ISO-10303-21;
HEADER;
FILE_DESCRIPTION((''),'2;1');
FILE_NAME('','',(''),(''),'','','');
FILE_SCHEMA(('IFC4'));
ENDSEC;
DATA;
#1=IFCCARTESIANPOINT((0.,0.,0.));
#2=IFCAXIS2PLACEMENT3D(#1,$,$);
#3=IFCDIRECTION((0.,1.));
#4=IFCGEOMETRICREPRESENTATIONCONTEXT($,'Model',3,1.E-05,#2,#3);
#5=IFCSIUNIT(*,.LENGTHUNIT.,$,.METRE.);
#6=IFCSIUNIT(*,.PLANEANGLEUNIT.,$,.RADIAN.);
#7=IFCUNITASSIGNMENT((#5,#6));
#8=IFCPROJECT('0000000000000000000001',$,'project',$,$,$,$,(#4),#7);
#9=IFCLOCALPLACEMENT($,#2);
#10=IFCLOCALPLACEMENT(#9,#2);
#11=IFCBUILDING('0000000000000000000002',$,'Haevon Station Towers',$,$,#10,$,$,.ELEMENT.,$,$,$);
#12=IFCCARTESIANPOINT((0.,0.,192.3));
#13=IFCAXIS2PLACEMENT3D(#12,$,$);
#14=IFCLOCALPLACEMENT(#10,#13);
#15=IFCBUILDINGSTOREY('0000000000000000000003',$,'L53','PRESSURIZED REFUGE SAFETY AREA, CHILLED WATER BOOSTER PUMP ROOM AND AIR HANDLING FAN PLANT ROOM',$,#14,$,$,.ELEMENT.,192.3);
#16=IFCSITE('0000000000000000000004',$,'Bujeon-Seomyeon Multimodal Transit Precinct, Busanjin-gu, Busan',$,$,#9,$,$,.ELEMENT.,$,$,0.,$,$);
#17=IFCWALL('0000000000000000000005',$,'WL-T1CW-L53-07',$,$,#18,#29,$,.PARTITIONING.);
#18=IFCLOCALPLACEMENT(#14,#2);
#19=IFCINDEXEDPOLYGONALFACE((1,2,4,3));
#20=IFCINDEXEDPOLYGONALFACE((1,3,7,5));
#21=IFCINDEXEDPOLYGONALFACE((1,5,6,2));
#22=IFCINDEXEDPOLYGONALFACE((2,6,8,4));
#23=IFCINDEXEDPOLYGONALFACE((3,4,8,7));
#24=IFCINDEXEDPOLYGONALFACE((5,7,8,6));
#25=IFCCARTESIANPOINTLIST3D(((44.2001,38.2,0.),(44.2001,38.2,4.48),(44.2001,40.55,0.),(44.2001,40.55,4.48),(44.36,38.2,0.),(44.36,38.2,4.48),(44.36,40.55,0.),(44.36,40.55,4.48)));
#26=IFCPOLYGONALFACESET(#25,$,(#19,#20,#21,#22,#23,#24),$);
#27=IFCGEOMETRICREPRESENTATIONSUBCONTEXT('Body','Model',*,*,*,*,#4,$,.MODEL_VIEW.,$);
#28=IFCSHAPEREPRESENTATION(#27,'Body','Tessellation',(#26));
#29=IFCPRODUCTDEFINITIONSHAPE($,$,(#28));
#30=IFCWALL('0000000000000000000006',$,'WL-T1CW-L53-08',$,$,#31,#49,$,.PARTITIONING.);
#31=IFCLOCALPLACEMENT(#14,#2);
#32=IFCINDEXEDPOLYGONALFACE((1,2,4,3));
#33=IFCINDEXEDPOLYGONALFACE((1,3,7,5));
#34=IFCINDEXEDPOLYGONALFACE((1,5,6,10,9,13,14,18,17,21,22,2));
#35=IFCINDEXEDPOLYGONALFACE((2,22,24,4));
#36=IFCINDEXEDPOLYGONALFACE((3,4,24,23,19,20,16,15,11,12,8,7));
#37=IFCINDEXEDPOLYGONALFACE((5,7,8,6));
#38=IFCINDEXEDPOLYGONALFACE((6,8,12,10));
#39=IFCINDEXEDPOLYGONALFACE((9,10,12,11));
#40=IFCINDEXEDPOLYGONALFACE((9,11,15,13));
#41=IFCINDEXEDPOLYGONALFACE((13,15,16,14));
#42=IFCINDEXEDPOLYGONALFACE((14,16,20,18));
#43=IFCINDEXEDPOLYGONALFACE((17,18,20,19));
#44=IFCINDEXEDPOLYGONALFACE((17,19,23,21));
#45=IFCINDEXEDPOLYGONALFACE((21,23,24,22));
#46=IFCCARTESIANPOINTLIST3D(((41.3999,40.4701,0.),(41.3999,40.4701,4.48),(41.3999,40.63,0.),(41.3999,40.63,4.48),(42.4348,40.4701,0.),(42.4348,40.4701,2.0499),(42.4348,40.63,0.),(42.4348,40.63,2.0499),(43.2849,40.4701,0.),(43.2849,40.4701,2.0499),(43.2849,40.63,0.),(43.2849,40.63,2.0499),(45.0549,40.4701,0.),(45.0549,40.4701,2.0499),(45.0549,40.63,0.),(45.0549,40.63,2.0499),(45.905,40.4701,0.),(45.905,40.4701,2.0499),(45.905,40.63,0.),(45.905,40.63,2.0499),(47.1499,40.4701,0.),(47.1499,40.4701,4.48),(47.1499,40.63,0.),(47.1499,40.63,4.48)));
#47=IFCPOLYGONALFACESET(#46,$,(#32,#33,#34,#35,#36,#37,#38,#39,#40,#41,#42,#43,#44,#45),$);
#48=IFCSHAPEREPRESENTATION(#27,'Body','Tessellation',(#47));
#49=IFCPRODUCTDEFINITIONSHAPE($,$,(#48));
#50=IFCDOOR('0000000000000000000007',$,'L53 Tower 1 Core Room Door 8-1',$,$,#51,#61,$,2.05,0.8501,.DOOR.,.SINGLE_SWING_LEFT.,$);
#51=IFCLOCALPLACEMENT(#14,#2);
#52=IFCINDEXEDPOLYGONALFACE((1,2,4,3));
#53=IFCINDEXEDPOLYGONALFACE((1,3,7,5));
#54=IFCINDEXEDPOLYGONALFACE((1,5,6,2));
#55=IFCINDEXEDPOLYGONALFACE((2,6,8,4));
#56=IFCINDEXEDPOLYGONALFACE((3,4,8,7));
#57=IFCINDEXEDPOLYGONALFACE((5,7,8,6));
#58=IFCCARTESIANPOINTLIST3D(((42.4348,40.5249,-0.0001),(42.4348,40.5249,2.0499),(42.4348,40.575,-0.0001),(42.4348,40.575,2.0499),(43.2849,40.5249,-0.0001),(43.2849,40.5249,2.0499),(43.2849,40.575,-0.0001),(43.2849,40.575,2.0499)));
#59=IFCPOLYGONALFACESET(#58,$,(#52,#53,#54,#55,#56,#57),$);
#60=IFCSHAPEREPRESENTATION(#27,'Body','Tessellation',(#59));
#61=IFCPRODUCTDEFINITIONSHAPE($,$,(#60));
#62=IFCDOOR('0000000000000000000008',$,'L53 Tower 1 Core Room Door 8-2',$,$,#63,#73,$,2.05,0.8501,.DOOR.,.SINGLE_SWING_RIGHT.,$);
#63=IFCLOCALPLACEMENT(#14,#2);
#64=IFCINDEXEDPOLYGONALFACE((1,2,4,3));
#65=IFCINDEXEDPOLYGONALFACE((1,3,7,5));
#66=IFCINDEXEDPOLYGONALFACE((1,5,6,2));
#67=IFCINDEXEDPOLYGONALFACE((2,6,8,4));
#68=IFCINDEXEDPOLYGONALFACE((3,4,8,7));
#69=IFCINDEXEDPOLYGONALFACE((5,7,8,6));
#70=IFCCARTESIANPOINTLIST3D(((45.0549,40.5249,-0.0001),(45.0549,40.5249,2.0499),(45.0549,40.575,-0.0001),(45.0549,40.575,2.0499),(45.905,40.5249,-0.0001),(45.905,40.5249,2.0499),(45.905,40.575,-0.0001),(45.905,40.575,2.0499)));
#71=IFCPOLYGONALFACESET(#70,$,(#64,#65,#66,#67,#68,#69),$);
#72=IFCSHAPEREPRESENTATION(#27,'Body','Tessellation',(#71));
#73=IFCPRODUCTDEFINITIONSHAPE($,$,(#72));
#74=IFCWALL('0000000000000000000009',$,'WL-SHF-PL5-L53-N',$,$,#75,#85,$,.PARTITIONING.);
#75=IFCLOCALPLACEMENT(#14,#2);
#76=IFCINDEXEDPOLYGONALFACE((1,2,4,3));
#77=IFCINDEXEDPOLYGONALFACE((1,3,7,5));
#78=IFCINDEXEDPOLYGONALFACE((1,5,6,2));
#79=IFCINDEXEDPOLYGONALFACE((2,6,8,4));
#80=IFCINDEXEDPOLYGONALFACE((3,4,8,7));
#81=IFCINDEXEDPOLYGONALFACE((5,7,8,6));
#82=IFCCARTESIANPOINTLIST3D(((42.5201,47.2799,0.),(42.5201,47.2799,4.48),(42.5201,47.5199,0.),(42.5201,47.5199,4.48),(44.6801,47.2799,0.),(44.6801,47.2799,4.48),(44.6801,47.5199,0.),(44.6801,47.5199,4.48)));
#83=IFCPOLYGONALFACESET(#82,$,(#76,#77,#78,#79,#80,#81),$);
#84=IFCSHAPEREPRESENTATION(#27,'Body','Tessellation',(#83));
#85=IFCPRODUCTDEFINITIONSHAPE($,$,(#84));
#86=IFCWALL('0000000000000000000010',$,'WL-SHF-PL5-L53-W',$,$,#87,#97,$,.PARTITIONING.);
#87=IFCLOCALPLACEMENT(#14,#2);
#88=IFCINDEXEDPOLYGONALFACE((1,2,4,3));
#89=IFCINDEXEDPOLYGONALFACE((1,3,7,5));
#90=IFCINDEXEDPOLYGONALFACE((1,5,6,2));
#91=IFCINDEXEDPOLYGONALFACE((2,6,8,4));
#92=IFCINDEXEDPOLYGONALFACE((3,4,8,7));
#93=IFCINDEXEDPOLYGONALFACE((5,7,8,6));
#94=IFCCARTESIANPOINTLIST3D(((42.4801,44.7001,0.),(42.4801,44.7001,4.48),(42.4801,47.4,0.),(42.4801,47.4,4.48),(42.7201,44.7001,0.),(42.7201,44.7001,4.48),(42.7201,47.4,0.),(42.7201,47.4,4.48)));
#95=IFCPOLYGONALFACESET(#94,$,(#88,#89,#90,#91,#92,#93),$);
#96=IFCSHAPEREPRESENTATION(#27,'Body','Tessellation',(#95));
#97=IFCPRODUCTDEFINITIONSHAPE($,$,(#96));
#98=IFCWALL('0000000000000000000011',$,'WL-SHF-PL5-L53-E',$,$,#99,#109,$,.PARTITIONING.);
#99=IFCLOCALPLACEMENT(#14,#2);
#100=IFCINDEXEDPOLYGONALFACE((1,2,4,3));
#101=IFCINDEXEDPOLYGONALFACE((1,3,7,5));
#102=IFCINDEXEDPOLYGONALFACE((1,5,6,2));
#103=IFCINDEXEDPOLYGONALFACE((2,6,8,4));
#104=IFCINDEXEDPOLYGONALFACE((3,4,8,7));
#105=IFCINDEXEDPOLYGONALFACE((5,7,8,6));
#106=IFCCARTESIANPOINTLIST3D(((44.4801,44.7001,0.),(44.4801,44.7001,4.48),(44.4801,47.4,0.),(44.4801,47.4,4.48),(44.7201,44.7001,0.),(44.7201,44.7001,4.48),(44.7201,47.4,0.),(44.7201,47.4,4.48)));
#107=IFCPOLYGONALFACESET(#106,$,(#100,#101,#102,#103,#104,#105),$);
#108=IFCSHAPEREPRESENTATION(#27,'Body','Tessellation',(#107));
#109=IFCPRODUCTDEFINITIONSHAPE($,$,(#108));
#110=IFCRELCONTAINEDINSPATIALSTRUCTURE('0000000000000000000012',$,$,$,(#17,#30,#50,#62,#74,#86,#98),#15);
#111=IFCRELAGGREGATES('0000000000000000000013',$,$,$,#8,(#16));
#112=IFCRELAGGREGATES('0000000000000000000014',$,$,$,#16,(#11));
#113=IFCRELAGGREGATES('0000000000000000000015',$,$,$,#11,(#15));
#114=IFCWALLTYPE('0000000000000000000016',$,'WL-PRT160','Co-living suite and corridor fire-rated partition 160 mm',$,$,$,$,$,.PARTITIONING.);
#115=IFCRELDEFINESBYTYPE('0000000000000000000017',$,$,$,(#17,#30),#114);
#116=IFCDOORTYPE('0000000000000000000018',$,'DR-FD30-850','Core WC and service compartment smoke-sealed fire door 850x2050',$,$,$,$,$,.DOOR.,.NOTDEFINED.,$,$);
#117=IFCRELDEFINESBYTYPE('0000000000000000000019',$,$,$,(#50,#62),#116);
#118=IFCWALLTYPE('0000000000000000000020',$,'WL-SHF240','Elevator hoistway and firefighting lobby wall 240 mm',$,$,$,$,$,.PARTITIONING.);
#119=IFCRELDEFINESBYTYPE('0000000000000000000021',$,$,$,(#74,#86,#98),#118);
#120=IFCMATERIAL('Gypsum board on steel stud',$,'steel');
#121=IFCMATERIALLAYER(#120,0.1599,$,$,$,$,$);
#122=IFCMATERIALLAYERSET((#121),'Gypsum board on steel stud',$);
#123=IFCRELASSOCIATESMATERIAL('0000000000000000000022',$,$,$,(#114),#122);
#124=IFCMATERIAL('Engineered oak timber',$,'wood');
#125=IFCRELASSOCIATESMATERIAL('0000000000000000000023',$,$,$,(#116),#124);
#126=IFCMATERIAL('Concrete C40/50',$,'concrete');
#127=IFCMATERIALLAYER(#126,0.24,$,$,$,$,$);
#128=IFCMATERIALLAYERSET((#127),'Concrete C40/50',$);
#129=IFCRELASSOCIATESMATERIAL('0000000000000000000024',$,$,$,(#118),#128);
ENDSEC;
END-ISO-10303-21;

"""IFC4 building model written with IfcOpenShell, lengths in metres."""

from ifc_helpers import new_model, si_unit, direction, frame, frame_2d, origin, place, context, subcontext, project, spatial, rectangle, extrude, material, layer, layer_set, type_object, element, fill, save


model = new_model("IFC4")

# Units and contexts
model_context = context("Model", 3, precision=1e-05, world=origin(), true_north=direction((0.0, 1.0)))
body_context = subcontext(model_context, "Body", "Model", "MODEL_VIEW")
ifc_project = project(units=[si_unit("LENGTHUNIT", "METRE"), si_unit("PLANEANGLEUNIT", "RADIAN")], contexts=[model_context])

# Site, building, storey
site_placement = place(None, origin())
site = spatial("IfcSite", under=ifc_project, at=site_placement, Name="Bujeon-Seomyeon Multimodal Transit Precinct, Busanjin-gu, Busan", CompositionType="ELEMENT", RefElevation=0.0)
building_placement = place(site_placement, origin())
building = spatial("IfcBuilding", under=site, at=building_placement, Name="Haevon Station Towers", CompositionType="ELEMENT")
storey_placement = place(building_placement, frame((0.0, 0.0, 192.3)))
storey = spatial("IfcBuildingStorey", under=building, at=storey_placement, Name="L53", Description="PRESSURIZED REFUGE SAFETY AREA, CHILLED WATER BOOSTER PUMP ROOM AND AIR HANDLING FAN PLANT ROOM", CompositionType="ELEMENT", Elevation=192.3)

# Shared definitions
ifc_material_1 = material(Name="Gypsum board on steel stud", Category="steel")
ifc_layer_1 = layer(ifc_material_1, 0.1599)
ifc_layer_set_1 = layer_set([ifc_layer_1], Name="Gypsum board on steel stud")
wall_type_1 = type_object("IfcWallType", Name="WL-PRT160", Description="Co-living suite and corridor fire-rated partition 160 mm", PredefinedType="PARTITIONING", material=ifc_layer_set_1)
ifc_material_2 = material(Name="Engineered oak timber", Category="wood")

# Wall
for number, where, z_axis, x_axis, name in (
    (1, (44.28, 38.2, 0.0), (0.0, 0.0, 1.0), (0.0, 1.0, 0.0), "WL-T1CW-L53-07"),
):
    element("IfcWall", number, at=place(storey_placement, frame(where, z_axis=z_axis, x_axis=x_axis)), inside=storey, type_object=wall_type_1, Name=name, PredefinedType="PARTITIONING", context=body_context, shape_type="SweptSolid", body=[
        extrude(rectangle(XDim=2.3501, YDim=0.1599, at=frame_2d((1.175, 0.0))), origin(), (0.0, 0.0, 1.0), 4.48),
    ])

# Wall, openings, doors
wall_1_placement = place(storey_placement, frame((41.3999, 40.55, 0.0), z_axis=(0.0, 0.0, 1.0), x_axis=(1.0, 0.0, 0.0)))
wall_1 = element("IfcWall", 2, at=wall_1_placement, inside=storey, type_object=wall_type_1, Name="WL-T1CW-L53-08", PredefinedType="PARTITIONING", context=body_context, shape_type="SweptSolid", body=[
    extrude(rectangle(XDim=5.75, YDim=0.1599, at=frame_2d((2.875, 0.0))), origin(), (0.0, 0.0, 1.0), 4.48),
])
opening_1_placement = place(wall_1_placement, frame((1.0349, 0.0, 0.0)))
opening_1 = element("IfcOpeningElement", 3, at=opening_1_placement, cuts=wall_1, PredefinedType="OPENING", context=body_context, shape_type="SweptSolid", body=[
    extrude(rectangle(XDim=0.8501, YDim=2.05, at=frame_2d((0.425, 1.0249))), frame((0.0, 0.0898, 0.0), z_axis=(0.0, -1.0, 0.0), x_axis=(1.0, 0.0, 0.0)), (0.0, 0.0, 1.0), 0.1799),
])
opening_2_placement = place(wall_1_placement, frame((3.655, 0.0, 0.0)))
opening_2 = element("IfcOpeningElement", 4, at=opening_2_placement, cuts=wall_1, PredefinedType="OPENING", context=body_context, shape_type="SweptSolid", body=[
    extrude(rectangle(XDim=0.8501, YDim=2.05, at=frame_2d((0.425, 1.0249))), frame((0.0, 0.0898, 0.0), z_axis=(0.0, -1.0, 0.0), x_axis=(1.0, 0.0, 0.0)), (0.0, 0.0, 1.0), 0.1799),
])
door_type_1 = type_object("IfcDoorType", Name="DR-FD30-850", Description="Core WC and service compartment smoke-sealed fire door 850x2050", OperationType="NOTDEFINED", PredefinedType="DOOR", material=ifc_material_2)
door_1_placement = place(opening_1_placement, origin())
door_1 = element("IfcDoor", 5, at=door_1_placement, inside=storey, type_object=door_type_1, Name="L53 Tower 1 Core Room Door 8-1", OperationType="SINGLE_SWING_LEFT", OverallHeight=2.05, OverallWidth=0.8501, PredefinedType="DOOR", context=body_context, shape_type="SweptSolid", body=[
    extrude(rectangle(XDim=0.8501, YDim=2.05, at=frame_2d((0.425, 1.0249))), frame((0.0, 0.0249, 0.0), z_axis=(0.0, -1.0, 0.0), x_axis=(1.0, 0.0, 0.0)), (0.0, 0.0, 1.0), 0.05),
])
fill(opening_1, door_1)
door_2_placement = place(opening_2_placement, origin())
door_2 = element("IfcDoor", 6, at=door_2_placement, inside=storey, type_object=door_type_1, Name="L53 Tower 1 Core Room Door 8-2", OperationType="SINGLE_SWING_RIGHT", OverallHeight=2.05, OverallWidth=0.8501, PredefinedType="DOOR", context=body_context, shape_type="SweptSolid", body=[
    extrude(rectangle(XDim=0.8501, YDim=2.05, at=frame_2d((0.425, 1.0249))), frame((0.0, 0.0249, 0.0), z_axis=(0.0, -1.0, 0.0), x_axis=(1.0, 0.0, 0.0)), (0.0, 0.0, 1.0), 0.05),
])
fill(opening_2, door_2)

# Shared definitions
ifc_material_3 = material(Name="Concrete C40/50", Category="concrete")
ifc_layer_2 = layer(ifc_material_3, 0.24)
ifc_layer_set_2 = layer_set([ifc_layer_2], Name="Concrete C40/50")
wall_type_2 = type_object("IfcWallType", Name="WL-SHF240", Description="Elevator hoistway and firefighting lobby wall 240 mm", PredefinedType="PARTITIONING", material=ifc_layer_set_2)

# Walls
wall_2_placement = place(storey_placement, frame((42.52, 47.3999, 0.0), z_axis=(0.0, 0.0, 1.0), x_axis=(1.0, 0.0, 0.0)))
element("IfcWall", 7, at=wall_2_placement, inside=storey, type_object=wall_type_2, Name="WL-SHF-PL5-L53-N", PredefinedType="PARTITIONING", context=body_context, shape_type="SweptSolid", body=[
    extrude(rectangle(XDim=2.1599, YDim=0.24, at=frame_2d((1.0801, 0.0))), origin(), (0.0, 0.0, 1.0), 4.48),
])
for number, where, z_axis, x_axis, name in (
    (8, (42.6001, 44.7, 0.0), (0.0, 0.0, 1.0), (0.0, 1.0, 0.0), "WL-SHF-PL5-L53-W"),
    (9, (44.6001, 44.7, 0.0), (0.0, 0.0, 1.0), (0.0, 1.0, 0.0), "WL-SHF-PL5-L53-E"),
):
    element("IfcWall", number, at=place(storey_placement, frame(where, z_axis=z_axis, x_axis=x_axis)), inside=storey, type_object=wall_type_2, Name=name, PredefinedType="PARTITIONING", context=body_context, shape_type="SweptSolid", body=[
        extrude(rectangle(XDim=2.7, YDim=0.24, at=frame_2d((1.3501, 0.0))), origin(), (0.0, 0.0, 1.0), 4.48),
    ])

save(model, "model.ifc")
